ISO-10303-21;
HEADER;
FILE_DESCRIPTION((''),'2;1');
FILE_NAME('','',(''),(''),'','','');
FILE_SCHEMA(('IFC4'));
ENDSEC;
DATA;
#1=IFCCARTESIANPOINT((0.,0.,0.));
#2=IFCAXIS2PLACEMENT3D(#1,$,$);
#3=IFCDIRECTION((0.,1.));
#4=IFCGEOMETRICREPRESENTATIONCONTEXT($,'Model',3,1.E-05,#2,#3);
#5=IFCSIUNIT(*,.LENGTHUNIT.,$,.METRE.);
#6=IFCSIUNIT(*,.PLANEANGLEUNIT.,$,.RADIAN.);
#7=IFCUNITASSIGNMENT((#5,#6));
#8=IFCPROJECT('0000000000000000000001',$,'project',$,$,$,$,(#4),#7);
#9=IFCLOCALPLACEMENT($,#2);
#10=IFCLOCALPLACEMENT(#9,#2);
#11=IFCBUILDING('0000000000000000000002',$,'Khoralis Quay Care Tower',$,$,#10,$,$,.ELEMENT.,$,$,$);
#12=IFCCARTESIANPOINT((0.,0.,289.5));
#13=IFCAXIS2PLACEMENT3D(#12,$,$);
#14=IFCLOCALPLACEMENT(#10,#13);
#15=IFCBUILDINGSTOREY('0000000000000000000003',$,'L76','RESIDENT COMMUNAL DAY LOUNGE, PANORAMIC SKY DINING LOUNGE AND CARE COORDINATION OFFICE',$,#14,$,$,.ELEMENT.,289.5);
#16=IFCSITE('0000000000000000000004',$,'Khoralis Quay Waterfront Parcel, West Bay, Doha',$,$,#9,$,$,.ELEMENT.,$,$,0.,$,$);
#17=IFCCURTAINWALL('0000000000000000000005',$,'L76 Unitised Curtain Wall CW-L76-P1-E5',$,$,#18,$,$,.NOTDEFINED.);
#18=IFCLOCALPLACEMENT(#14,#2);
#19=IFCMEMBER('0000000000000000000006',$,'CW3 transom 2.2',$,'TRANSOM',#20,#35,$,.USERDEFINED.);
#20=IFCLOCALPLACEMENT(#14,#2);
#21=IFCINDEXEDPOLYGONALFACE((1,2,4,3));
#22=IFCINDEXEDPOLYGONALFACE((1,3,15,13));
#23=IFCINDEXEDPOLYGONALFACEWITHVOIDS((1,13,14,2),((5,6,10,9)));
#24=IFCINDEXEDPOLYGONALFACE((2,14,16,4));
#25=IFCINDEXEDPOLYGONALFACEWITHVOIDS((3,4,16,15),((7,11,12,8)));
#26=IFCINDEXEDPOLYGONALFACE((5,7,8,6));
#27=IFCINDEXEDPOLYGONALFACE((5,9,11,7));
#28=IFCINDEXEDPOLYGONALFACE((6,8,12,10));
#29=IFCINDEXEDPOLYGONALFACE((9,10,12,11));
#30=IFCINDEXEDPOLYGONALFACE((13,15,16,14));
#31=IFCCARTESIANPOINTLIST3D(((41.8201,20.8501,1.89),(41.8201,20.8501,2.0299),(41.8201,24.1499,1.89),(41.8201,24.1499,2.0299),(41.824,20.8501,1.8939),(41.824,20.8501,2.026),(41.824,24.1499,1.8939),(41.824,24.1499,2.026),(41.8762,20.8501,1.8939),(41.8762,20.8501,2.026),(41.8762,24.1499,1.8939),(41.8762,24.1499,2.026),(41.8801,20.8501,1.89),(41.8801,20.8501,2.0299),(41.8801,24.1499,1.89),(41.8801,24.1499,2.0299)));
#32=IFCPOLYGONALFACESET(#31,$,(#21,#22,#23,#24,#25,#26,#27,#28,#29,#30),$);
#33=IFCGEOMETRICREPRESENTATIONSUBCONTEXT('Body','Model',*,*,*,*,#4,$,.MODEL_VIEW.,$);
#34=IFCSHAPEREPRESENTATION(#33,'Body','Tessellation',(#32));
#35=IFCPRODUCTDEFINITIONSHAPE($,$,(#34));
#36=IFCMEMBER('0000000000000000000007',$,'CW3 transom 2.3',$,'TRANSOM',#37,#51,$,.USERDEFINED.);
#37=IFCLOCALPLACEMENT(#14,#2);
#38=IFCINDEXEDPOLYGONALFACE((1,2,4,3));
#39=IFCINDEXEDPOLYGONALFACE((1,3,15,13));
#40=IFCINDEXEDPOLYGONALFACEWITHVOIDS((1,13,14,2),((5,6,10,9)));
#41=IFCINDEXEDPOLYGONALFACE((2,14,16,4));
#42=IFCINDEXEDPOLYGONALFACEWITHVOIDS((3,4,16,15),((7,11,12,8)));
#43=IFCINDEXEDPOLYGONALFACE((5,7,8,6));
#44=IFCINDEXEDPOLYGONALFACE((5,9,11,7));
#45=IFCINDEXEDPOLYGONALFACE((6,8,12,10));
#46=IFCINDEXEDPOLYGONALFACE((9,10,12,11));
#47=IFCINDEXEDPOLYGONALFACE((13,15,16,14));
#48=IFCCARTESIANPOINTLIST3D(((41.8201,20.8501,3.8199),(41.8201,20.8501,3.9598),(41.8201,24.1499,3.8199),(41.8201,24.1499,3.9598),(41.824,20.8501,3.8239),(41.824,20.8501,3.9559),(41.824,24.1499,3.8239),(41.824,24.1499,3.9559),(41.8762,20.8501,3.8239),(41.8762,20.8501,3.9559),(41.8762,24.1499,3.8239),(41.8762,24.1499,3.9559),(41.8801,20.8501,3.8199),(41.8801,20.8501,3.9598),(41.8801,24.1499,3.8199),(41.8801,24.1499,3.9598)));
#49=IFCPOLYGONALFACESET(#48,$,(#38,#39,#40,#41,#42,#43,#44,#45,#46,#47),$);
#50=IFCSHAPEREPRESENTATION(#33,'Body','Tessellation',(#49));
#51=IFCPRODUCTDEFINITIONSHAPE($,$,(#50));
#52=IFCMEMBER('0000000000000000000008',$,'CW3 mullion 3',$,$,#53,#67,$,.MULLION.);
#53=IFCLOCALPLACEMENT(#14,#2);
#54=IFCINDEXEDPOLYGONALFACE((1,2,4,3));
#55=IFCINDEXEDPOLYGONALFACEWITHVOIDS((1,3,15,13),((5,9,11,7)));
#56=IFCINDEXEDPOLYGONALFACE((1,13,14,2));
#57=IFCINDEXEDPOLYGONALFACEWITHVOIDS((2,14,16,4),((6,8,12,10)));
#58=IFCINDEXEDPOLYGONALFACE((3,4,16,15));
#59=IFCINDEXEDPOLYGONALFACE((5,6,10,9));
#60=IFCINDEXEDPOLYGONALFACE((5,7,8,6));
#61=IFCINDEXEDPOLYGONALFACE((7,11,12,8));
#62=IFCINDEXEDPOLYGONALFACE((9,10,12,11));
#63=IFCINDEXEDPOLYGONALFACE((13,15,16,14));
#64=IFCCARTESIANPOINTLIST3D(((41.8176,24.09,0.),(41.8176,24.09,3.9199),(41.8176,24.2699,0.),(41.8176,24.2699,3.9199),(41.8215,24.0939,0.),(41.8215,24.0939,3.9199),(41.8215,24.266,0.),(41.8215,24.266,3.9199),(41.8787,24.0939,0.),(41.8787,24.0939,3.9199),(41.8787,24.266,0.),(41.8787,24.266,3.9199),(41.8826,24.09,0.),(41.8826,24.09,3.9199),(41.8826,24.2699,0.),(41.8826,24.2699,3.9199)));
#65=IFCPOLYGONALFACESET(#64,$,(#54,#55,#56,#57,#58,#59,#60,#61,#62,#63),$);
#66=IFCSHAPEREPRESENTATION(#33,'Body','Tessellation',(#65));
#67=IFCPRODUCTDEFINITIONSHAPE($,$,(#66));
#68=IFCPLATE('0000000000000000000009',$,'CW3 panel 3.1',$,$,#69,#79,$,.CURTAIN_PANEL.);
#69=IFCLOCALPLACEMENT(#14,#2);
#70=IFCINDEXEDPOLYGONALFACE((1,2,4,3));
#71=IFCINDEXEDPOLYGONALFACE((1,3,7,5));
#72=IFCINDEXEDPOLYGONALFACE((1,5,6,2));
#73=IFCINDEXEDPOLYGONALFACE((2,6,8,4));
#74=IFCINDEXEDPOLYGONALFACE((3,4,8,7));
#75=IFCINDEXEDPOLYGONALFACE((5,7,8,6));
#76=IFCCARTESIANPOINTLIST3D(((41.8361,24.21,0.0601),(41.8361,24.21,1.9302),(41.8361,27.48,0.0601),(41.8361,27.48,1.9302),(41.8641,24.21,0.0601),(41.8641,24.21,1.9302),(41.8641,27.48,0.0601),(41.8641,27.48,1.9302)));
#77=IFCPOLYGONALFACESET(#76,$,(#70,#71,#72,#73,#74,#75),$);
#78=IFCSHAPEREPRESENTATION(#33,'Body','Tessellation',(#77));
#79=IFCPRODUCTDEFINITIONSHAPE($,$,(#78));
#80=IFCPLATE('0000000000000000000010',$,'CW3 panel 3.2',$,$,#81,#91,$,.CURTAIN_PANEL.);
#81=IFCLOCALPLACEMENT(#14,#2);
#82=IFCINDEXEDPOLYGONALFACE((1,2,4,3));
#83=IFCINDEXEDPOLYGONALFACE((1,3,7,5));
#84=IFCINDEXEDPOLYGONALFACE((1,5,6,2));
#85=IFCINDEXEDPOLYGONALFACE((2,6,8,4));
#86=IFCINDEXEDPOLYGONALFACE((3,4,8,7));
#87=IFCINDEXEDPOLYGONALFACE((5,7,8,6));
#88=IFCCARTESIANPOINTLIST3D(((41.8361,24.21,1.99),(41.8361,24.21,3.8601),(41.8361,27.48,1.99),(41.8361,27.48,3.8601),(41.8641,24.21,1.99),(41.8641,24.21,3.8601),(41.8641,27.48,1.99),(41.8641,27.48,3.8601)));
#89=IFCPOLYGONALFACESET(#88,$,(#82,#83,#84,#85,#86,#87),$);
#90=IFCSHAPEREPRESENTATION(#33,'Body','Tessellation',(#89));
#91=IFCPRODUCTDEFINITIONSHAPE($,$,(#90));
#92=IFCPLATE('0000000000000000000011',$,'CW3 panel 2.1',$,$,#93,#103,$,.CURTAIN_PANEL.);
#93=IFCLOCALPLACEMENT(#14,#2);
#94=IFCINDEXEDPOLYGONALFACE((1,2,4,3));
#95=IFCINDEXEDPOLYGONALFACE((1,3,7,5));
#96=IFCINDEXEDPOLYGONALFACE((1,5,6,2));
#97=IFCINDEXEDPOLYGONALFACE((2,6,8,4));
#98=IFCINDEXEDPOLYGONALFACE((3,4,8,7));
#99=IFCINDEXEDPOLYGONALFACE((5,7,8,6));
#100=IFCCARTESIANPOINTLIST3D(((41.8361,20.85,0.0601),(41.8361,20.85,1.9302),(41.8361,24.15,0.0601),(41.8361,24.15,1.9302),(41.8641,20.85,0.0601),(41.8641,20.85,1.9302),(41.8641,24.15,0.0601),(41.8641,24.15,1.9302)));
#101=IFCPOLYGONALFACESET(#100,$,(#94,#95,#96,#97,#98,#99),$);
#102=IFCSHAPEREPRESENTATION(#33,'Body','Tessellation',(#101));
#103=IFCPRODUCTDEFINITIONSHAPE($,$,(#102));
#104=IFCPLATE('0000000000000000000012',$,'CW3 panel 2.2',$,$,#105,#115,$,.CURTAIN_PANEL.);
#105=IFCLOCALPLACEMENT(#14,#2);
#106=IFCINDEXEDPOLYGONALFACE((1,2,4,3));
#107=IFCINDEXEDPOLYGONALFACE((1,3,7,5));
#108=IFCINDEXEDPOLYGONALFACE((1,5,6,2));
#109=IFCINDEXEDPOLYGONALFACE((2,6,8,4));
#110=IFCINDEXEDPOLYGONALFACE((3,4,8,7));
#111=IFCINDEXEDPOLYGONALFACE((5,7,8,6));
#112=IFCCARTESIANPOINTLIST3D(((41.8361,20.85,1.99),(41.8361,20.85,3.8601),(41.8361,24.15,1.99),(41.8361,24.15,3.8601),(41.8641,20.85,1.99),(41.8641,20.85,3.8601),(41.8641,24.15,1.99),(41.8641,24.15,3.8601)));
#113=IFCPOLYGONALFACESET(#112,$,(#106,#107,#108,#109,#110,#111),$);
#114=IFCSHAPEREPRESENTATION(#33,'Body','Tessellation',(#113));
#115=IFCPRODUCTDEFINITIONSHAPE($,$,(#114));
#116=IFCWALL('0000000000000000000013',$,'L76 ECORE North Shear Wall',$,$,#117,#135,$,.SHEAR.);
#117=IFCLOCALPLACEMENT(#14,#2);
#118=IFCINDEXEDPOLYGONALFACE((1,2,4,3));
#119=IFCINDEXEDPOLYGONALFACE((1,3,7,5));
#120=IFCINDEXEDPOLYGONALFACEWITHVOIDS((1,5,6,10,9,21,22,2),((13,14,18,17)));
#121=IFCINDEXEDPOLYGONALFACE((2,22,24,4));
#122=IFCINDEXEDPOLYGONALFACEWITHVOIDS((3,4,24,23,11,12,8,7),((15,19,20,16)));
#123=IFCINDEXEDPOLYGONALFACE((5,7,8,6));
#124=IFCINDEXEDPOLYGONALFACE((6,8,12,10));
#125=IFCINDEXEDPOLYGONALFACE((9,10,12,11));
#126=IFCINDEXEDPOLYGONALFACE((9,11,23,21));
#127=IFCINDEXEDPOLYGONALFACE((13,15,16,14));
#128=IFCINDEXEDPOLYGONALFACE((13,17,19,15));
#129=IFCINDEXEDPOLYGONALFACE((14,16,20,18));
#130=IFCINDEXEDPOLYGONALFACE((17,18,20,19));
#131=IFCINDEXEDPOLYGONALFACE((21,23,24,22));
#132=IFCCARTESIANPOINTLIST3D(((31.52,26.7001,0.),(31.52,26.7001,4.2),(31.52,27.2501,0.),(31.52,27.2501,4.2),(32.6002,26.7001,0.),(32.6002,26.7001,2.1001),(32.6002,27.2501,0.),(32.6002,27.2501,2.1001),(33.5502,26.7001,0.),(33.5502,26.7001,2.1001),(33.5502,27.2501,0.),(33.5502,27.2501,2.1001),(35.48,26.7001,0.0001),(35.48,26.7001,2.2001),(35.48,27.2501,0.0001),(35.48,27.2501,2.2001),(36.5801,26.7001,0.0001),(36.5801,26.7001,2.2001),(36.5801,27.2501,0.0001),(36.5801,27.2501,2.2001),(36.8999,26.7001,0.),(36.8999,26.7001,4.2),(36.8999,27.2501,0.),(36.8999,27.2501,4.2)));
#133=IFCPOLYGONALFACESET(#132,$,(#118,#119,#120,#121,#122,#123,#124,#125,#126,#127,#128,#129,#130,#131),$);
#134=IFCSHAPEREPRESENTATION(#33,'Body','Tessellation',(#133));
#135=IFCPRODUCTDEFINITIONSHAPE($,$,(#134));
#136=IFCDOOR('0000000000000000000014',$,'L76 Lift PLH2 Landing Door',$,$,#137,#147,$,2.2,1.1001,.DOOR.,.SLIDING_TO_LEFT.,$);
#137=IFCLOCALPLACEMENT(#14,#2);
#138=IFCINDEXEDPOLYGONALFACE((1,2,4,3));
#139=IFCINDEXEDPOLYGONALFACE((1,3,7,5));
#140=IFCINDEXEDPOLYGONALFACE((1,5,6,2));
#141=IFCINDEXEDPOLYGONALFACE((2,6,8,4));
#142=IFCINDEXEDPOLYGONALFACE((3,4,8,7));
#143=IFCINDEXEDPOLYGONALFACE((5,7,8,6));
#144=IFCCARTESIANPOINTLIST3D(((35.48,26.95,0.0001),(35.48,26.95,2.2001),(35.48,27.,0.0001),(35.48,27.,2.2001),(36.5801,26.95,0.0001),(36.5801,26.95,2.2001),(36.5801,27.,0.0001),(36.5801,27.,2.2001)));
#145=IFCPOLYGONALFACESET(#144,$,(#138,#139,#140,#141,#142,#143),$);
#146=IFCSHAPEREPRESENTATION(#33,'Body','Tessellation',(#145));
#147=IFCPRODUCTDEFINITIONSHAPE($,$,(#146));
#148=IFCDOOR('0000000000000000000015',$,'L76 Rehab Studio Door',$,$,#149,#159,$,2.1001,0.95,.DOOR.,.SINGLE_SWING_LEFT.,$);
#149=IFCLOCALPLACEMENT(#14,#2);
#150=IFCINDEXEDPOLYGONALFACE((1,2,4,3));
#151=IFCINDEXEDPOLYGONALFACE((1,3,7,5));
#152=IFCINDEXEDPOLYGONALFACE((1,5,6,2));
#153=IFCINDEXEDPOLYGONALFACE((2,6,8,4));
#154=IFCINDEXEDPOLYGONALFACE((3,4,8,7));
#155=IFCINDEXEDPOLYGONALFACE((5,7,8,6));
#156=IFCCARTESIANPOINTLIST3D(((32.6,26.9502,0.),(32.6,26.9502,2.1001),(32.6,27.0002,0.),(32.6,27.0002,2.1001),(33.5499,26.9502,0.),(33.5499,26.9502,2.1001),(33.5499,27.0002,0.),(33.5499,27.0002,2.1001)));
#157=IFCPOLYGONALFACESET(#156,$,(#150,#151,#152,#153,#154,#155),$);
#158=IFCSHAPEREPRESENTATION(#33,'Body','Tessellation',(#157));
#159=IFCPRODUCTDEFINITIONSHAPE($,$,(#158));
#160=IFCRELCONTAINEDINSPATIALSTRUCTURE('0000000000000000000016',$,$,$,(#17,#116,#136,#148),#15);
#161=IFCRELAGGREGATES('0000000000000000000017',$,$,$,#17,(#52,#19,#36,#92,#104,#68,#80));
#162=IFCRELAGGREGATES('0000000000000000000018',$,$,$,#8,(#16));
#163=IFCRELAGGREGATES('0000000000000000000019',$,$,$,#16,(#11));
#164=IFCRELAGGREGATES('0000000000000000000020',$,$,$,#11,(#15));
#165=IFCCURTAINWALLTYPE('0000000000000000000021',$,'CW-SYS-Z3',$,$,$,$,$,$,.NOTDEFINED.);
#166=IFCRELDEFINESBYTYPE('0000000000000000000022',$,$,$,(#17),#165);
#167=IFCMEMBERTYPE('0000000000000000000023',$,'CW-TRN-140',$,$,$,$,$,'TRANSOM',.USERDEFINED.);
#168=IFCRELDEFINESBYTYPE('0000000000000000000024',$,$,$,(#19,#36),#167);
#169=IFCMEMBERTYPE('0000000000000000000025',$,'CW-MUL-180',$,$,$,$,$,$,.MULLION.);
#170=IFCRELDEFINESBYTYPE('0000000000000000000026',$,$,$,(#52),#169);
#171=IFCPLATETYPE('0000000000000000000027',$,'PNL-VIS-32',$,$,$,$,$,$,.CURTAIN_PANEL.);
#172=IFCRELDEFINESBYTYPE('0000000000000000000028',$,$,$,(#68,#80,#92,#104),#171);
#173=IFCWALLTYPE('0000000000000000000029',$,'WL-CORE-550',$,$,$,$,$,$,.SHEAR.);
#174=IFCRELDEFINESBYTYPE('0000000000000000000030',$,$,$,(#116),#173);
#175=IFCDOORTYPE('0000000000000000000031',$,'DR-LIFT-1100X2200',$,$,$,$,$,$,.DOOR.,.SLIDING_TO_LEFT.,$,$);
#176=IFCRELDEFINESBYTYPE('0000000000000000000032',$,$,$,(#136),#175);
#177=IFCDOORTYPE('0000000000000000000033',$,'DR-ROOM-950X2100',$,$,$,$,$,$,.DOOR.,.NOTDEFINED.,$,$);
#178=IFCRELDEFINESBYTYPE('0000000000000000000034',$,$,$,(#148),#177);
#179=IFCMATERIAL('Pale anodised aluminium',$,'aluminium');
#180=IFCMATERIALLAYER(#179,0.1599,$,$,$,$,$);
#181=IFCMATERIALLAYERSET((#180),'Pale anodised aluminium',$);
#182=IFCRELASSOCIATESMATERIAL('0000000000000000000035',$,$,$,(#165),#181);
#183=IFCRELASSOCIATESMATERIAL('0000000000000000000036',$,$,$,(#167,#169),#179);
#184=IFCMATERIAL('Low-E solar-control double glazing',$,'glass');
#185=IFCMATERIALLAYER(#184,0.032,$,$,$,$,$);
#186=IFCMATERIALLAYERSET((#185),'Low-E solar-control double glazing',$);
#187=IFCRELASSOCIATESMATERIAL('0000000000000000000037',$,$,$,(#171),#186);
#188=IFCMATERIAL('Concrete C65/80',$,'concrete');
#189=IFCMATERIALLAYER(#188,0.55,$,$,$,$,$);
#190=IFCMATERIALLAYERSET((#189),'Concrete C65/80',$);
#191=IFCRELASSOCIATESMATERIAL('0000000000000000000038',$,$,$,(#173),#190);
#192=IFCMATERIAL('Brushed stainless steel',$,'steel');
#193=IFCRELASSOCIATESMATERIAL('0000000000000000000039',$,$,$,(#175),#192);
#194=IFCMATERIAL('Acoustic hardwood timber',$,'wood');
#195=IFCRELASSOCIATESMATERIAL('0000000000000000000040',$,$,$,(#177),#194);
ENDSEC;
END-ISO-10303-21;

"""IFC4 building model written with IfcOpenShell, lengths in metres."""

from ifc_helpers import new_model, si_unit, direction, frame, frame_2d, origin, origin_2d, place, context, subcontext, project, spatial, rectangle, hollow_rectangle, extrude, source, transform, mapped, material, layer, layer_set, material_profile, profile_set, type_object, element, fill, aggregate, save


model = new_model("IFC4")

# Units and contexts
model_context = context("Model", 3, precision=1e-05, world=origin(), true_north=direction((0.0, 1.0)))
body_context = subcontext(model_context, "Body", "Model", "MODEL_VIEW")
ifc_project = project(units=[si_unit("LENGTHUNIT", "METRE"), si_unit("PLANEANGLEUNIT", "RADIAN")], contexts=[model_context])

# Site, building, storey
site_placement = place(None, origin())
site = spatial("IfcSite", under=ifc_project, at=site_placement, Name="Khoralis Quay Waterfront Parcel, West Bay, Doha", CompositionType="ELEMENT", RefElevation=0.0)
building_placement = place(site_placement, origin())
building = spatial("IfcBuilding", under=site, at=building_placement, Name="Khoralis Quay Care Tower", CompositionType="ELEMENT")
storey_placement = place(building_placement, frame((0.0, 0.0, 289.5)))
storey = spatial("IfcBuildingStorey", under=building, at=storey_placement, Name="L76", Description="RESIDENT COMMUNAL DAY LOUNGE, PANORAMIC SKY DINING LOUNGE AND CARE COORDINATION OFFICE", CompositionType="ELEMENT", Elevation=289.5)

# Curtain wall, members, plates
ifc_material_1 = material(Name="Pale anodised aluminium", Category="aluminium")
ifc_layer_1 = layer(ifc_material_1, 0.1599)
ifc_layer_set_1 = layer_set([ifc_layer_1], Name="Pale anodised aluminium")
curtain_wall_type = type_object("IfcCurtainWallType", Name="CW-SYS-Z3", PredefinedType="NOTDEFINED", material=ifc_layer_set_1)
curtain_wall_placement = place(storey_placement, origin())
curtain_wall = element("IfcCurtainWall", 1, at=curtain_wall_placement, inside=storey, type_object=curtain_wall_type, Name="L76 Unitised Curtain Wall CW-L76-P1-E5", PredefinedType="NOTDEFINED")
ifc_material_profile_1 = material_profile(ifc_material_1, hollow_rectangle(XDim=0.0601, YDim=0.1399, WallThickness=0.0039, at=origin_2d()), Name="Pale anodised aluminium")
ifc_profile_set_1 = profile_set([ifc_material_profile_1], Name="Pale anodised aluminium")
member_type_1 = type_object("IfcMemberType", Name="CW-TRN-140", ElementType="TRANSOM", PredefinedType="USERDEFINED", material=ifc_profile_set_1)
shared_shape_1 = source(origin(), body_context, "Body", "SweptSolid", [
    extrude(hollow_rectangle(XDim=0.0601, YDim=0.1399, WallThickness=0.0039, at=origin_2d()), origin(), (0.0, 0.0, 1.0), 3.2998),
])
member_1_placement = place(storey_placement, frame((41.8501, 20.8501, 1.96), z_axis=(0.0, 1.0, 0.0), x_axis=(-1.0, 0.0, 0.0)))
member_1 = element("IfcMember", 2, at=member_1_placement, type_object=member_type_1, Name="CW3 transom 2.2", ObjectType="TRANSOM", PredefinedType="USERDEFINED", context=body_context, shape_type="MappedRepresentation", body=[
    mapped(shared_shape_1, transform((0.0, 0.0, 0.0), scale=1.0)),
])
member_2_placement = place(storey_placement, frame((41.8501, 20.8501, 3.8899), z_axis=(0.0, 1.0, 0.0), x_axis=(-1.0, 0.0, 0.0)))
member_2 = element("IfcMember", 3, at=member_2_placement, type_object=member_type_1, Name="CW3 transom 2.3", ObjectType="TRANSOM", PredefinedType="USERDEFINED", context=body_context, shape_type="MappedRepresentation", body=[
    mapped(shared_shape_1, transform((0.0, 0.0, 0.0), scale=1.0)),
])
ifc_material_profile_2 = material_profile(ifc_material_1, hollow_rectangle(XDim=0.0649, YDim=0.1799, WallThickness=0.0039, at=origin_2d()), Name="Pale anodised aluminium")
ifc_profile_set_2 = profile_set([ifc_material_profile_2], Name="Pale anodised aluminium")
member_type_2 = type_object("IfcMemberType", Name="CW-MUL-180", PredefinedType="MULLION", material=ifc_profile_set_2)
shared_shape_2 = source(origin(), body_context, "Body", "SweptSolid", [
    extrude(hollow_rectangle(XDim=0.0649, YDim=0.1799, WallThickness=0.0039, at=origin_2d()), origin(), (0.0, 0.0, 1.0), 3.9199),
])
member_3_placement = place(storey_placement, frame((41.8501, 24.1799, 0.0), z_axis=(0.0, 0.0, 1.0), x_axis=(-1.0, 0.0, 0.0)))
member_3 = element("IfcMember", 4, at=member_3_placement, type_object=member_type_2, Name="CW3 mullion 3", PredefinedType="MULLION", context=body_context, shape_type="MappedRepresentation", body=[
    mapped(shared_shape_2, transform((0.0, 0.0, 0.0), scale=1.0)),
])
ifc_material_2 = material(Name="Low-E solar-control double glazing", Category="glass")
ifc_layer_2 = layer(ifc_material_2, 0.032)
ifc_layer_set_2 = layer_set([ifc_layer_2], Name="Low-E solar-control double glazing")
plate_type = type_object("IfcPlateType", Name="PNL-VIS-32", PredefinedType="CURTAIN_PANEL", material=ifc_layer_set_2)
shared_shape_3 = source(origin(), body_context, "Body", "SweptSolid", [
    extrude(rectangle(XDim=3.27, YDim=0.0281, at=origin_2d()), origin(), (0.0, 0.0, 1.0), 1.8701),
])
plate_1_placement = place(storey_placement, frame((41.8501, 25.845, 0.0601), z_axis=(0.0, 0.0, 1.0), x_axis=(0.0, 1.0, 0.0)))
plate_1 = element("IfcPlate", 5, at=plate_1_placement, type_object=plate_type, Name="CW3 panel 3.1", PredefinedType="CURTAIN_PANEL", context=body_context, shape_type="MappedRepresentation", body=[
    mapped(shared_shape_3, transform((0.0, 0.0, 0.0), scale=1.0)),
])
plate_2_placement = place(storey_placement, frame((41.8501, 25.845, 1.99), z_axis=(0.0, 0.0, 1.0), x_axis=(0.0, 1.0, 0.0)))
plate_2 = element("IfcPlate", 6, at=plate_2_placement, type_object=plate_type, Name="CW3 panel 3.2", PredefinedType="CURTAIN_PANEL", context=body_context, shape_type="MappedRepresentation", body=[
    mapped(shared_shape_3, transform((0.0, 0.0, 0.0), scale=1.0)),
])
shared_shape_4 = source(origin(), body_context, "Body", "SweptSolid", [
    extrude(rectangle(XDim=3.3, YDim=0.0281, at=origin_2d()), origin(), (0.0, 0.0, 1.0), 1.8701),
])
plate_3_placement = place(storey_placement, frame((41.8501, 22.5, 0.0601), z_axis=(0.0, 0.0, 1.0), x_axis=(0.0, 1.0, 0.0)))
plate_3 = element("IfcPlate", 7, at=plate_3_placement, type_object=plate_type, Name="CW3 panel 2.1", PredefinedType="CURTAIN_PANEL", context=body_context, shape_type="MappedRepresentation", body=[
    mapped(shared_shape_4, transform((0.0, 0.0, 0.0), scale=1.0)),
])
plate_4_placement = place(storey_placement, frame((41.8501, 22.5, 1.99), z_axis=(0.0, 0.0, 1.0), x_axis=(0.0, 1.0, 0.0)))
plate_4 = element("IfcPlate", 8, at=plate_4_placement, type_object=plate_type, Name="CW3 panel 2.2", PredefinedType="CURTAIN_PANEL", context=body_context, shape_type="MappedRepresentation", body=[
    mapped(shared_shape_4, transform((0.0, 0.0, 0.0), scale=1.0)),
])
aggregate(curtain_wall, [member_3, member_1, member_2, plate_3, plate_4, plate_1, plate_2])

# Wall, openings, doors
ifc_material_3 = material(Name="Concrete C65/80", Category="concrete")
ifc_layer_3 = layer(ifc_material_3, 0.55)
ifc_layer_set_3 = layer_set([ifc_layer_3], Name="Concrete C65/80")
wall_type_1 = type_object("IfcWallType", Name="WL-CORE-550", PredefinedType="SHEAR", material=ifc_layer_set_3)
wall_1_placement = place(storey_placement, frame((31.52, 26.9751, 0.0), z_axis=(0.0, 0.0, 1.0), x_axis=(1.0, 0.0, 0.0)))
wall_1 = element("IfcWall", 9, at=wall_1_placement, inside=storey, type_object=wall_type_1, Name="L76 ECORE North Shear Wall", PredefinedType="SHEAR", context=body_context, shape_type="SweptSolid", body=[
    extrude(rectangle(XDim=5.3799, YDim=0.55, at=frame_2d((2.6899, 0.0))), origin(), (0.0, 0.0, 1.0), 4.2),
])
opening_1_placement = place(wall_1_placement, frame((1.0801, 0.0, 0.0)))
opening_1 = element("IfcOpeningElement", 10, at=opening_1_placement, cuts=wall_1, PredefinedType="OPENING", context=body_context, shape_type="SweptSolid", body=[
    extrude(rectangle(XDim=0.95, YDim=2.1001, at=frame_2d((0.4751, 1.05))), frame((0.0, 0.2852, 0.0), z_axis=(0.0, -1.0, 0.0), x_axis=(1.0, 0.0, 0.0)), (0.0, 0.0, 1.0), 0.5701),
])
opening_2_placement = place(wall_1_placement, frame((3.96, 0.0, 0.0)))
opening_2 = element("IfcOpeningElement", 11, at=opening_2_placement, cuts=wall_1, PredefinedType="OPENING", context=body_context, shape_type="SweptSolid", body=[
    extrude(rectangle(XDim=1.1001, YDim=2.2, at=frame_2d((0.55, 1.1001))), frame((0.0, 0.2852, 0.0), z_axis=(0.0, -1.0, 0.0), x_axis=(1.0, 0.0, 0.0)), (0.0, 0.0, 1.0), 0.5701),
])
ifc_material_4 = material(Name="Brushed stainless steel", Category="steel")
door_type_1 = type_object("IfcDoorType", Name="DR-LIFT-1100X2200", OperationType="SLIDING_TO_LEFT", PredefinedType="DOOR", material=ifc_material_4)
shared_shape_5 = source(origin(), body_context, "Body", "SweptSolid", [
    extrude(rectangle(XDim=1.1001, YDim=2.2, at=frame_2d((0.55, 1.1001))), frame((0.0, 0.0249, 0.0), z_axis=(0.0, -1.0, 0.0), x_axis=(1.0, 0.0, 0.0)), (0.0, 0.0, 1.0), 0.05),
])
door_1_placement = place(opening_2_placement, origin())
door_1 = element("IfcDoor", 12, at=door_1_placement, inside=storey, type_object=door_type_1, Name="L76 Lift PLH2 Landing Door", OperationType="SLIDING_TO_LEFT", OverallHeight=2.2, OverallWidth=1.1001, PredefinedType="DOOR", context=body_context, shape_type="MappedRepresentation", body=[
    mapped(shared_shape_5, transform((0.0, 0.0, 0.0), scale=1.0)),
])
fill(opening_2, door_1)
ifc_material_5 = material(Name="Acoustic hardwood timber", Category="wood")
door_type_2 = type_object("IfcDoorType", Name="DR-ROOM-950X2100", OperationType="NOTDEFINED", PredefinedType="DOOR", material=ifc_material_5)
shared_shape_6 = source(origin(), body_context, "Body", "SweptSolid", [
    extrude(rectangle(XDim=0.95, YDim=2.1001, at=frame_2d((0.4751, 1.05))), frame((0.0, 0.0249, 0.0), z_axis=(0.0, -1.0, 0.0), x_axis=(1.0, 0.0, 0.0)), (0.0, 0.0, 1.0), 0.05),
])
door_2_placement = place(opening_1_placement, frame((0.95, 0.0, 0.0), z_axis=(0.0, 0.0, 1.0), x_axis=(-1.0, 0.0, 0.0)))
door_2 = element("IfcDoor", 13, at=door_2_placement, inside=storey, type_object=door_type_2, Name="L76 Rehab Studio Door", OperationType="SINGLE_SWING_LEFT", OverallHeight=2.1001, OverallWidth=0.95, PredefinedType="DOOR", context=body_context, shape_type="MappedRepresentation", body=[
    mapped(shared_shape_6, transform((0.0, 0.0, 0.0), scale=1.0)),
])
fill(opening_1, door_2)

save(model, "model.ifc")
